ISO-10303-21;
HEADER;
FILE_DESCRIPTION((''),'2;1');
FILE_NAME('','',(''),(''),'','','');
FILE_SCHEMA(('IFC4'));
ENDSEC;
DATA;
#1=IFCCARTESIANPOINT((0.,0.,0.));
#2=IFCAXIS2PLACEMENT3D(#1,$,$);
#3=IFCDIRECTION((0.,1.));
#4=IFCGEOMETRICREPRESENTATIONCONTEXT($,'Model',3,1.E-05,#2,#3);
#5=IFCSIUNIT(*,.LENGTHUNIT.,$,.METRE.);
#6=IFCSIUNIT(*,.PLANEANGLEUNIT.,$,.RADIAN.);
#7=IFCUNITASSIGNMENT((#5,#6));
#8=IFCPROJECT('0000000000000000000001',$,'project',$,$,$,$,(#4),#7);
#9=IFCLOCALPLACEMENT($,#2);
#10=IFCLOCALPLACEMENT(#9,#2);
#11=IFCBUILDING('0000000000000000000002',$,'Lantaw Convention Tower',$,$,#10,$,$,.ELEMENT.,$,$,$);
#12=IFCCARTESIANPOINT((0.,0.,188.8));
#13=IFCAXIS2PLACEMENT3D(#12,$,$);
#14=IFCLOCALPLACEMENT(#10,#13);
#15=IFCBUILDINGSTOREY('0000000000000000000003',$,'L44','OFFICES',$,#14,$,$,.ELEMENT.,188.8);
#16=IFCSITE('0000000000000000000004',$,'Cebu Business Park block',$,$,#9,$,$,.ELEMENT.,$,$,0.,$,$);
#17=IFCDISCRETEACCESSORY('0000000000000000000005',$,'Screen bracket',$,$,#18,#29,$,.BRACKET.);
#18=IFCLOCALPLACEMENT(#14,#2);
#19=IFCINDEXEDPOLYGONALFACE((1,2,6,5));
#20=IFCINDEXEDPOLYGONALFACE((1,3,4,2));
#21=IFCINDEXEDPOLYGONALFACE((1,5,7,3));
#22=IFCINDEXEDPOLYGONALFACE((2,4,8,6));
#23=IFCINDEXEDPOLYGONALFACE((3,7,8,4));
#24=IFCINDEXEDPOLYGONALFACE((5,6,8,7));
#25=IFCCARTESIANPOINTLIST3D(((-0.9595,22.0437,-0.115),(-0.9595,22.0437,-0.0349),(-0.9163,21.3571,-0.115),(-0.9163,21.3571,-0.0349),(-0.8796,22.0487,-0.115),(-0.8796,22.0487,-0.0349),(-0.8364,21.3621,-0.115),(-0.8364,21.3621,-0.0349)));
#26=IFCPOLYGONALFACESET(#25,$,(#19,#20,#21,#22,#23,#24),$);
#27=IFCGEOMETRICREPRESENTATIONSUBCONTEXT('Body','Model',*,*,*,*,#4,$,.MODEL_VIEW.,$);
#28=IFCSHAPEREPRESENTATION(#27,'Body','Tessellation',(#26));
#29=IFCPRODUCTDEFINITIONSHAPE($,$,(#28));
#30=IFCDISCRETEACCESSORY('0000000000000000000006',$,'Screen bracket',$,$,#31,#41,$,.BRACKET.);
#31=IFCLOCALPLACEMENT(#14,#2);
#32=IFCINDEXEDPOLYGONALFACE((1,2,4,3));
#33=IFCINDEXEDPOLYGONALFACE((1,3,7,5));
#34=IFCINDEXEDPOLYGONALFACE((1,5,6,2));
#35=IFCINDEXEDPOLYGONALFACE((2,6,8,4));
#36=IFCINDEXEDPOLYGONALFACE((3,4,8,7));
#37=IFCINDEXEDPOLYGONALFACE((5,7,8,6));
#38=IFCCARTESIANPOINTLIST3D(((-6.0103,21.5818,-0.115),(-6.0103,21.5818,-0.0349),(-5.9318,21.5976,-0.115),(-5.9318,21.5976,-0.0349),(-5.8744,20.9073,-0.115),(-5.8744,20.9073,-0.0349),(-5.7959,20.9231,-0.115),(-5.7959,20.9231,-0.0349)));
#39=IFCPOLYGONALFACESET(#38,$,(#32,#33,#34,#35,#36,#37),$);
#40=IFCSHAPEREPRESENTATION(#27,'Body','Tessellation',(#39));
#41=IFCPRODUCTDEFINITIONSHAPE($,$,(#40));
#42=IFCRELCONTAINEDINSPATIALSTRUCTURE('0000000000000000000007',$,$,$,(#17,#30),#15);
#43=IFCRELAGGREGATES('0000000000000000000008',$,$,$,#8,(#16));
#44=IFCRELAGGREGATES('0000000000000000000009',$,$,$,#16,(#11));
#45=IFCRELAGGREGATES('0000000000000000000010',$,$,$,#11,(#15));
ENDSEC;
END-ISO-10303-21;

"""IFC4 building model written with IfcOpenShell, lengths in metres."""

from ifc_helpers import new_model, si_unit, direction, frame, origin, origin_2d, place, context, subcontext, project, spatial, rectangle, extrude, element, save


model = new_model("IFC4")

# Units and contexts
model_context = context("Model", 3, precision=1e-05, world=origin(), true_north=direction((0.0, 1.0)))
body_context = subcontext(model_context, "Body", "Model", "MODEL_VIEW")
ifc_project = project(units=[si_unit("LENGTHUNIT", "METRE"), si_unit("PLANEANGLEUNIT", "RADIAN")], contexts=[model_context])

# Site, building, storey
site_placement = place(None, origin())
site = spatial("IfcSite", under=ifc_project, at=site_placement, Name="Cebu Business Park block", CompositionType="ELEMENT", RefElevation=0.0)
building_placement = place(site_placement, origin())
building = spatial("IfcBuilding", under=site, at=building_placement, Name="Lantaw Convention Tower", CompositionType="ELEMENT")
storey_placement = place(building_placement, frame((0.0, 0.0, 188.8)))
storey = spatial("IfcBuildingStorey", under=building, at=storey_placement, Name="L44", Description="OFFICES", CompositionType="ELEMENT", Elevation=188.8)

# Discrete accessories
for number, where, z_axis, x_axis, name in (
    (1, (-0.8979, 21.7029, -0.115), (0.0, 0.0, 1.0), (-0.998022, -0.062865, 0.0), "Screen bracket"),
    (2, (-5.9031, 21.2524, -0.115), (0.0, 0.0, 1.0), (-0.980302, -0.197507, 0.0), "Screen bracket"),
):
    element("IfcDiscreteAccessory", number, at=place(storey_placement, frame(where, z_axis=z_axis, x_axis=x_axis)), inside=storey, Name=name, PredefinedType="BRACKET", context=body_context, shape_type="SweptSolid", body=[
        extrude(rectangle(XDim=0.0801, YDim=0.688, at=origin_2d()), origin(), (0.0, 0.0, 1.0), 0.0801),
    ])

save(model, "model.ifc")
